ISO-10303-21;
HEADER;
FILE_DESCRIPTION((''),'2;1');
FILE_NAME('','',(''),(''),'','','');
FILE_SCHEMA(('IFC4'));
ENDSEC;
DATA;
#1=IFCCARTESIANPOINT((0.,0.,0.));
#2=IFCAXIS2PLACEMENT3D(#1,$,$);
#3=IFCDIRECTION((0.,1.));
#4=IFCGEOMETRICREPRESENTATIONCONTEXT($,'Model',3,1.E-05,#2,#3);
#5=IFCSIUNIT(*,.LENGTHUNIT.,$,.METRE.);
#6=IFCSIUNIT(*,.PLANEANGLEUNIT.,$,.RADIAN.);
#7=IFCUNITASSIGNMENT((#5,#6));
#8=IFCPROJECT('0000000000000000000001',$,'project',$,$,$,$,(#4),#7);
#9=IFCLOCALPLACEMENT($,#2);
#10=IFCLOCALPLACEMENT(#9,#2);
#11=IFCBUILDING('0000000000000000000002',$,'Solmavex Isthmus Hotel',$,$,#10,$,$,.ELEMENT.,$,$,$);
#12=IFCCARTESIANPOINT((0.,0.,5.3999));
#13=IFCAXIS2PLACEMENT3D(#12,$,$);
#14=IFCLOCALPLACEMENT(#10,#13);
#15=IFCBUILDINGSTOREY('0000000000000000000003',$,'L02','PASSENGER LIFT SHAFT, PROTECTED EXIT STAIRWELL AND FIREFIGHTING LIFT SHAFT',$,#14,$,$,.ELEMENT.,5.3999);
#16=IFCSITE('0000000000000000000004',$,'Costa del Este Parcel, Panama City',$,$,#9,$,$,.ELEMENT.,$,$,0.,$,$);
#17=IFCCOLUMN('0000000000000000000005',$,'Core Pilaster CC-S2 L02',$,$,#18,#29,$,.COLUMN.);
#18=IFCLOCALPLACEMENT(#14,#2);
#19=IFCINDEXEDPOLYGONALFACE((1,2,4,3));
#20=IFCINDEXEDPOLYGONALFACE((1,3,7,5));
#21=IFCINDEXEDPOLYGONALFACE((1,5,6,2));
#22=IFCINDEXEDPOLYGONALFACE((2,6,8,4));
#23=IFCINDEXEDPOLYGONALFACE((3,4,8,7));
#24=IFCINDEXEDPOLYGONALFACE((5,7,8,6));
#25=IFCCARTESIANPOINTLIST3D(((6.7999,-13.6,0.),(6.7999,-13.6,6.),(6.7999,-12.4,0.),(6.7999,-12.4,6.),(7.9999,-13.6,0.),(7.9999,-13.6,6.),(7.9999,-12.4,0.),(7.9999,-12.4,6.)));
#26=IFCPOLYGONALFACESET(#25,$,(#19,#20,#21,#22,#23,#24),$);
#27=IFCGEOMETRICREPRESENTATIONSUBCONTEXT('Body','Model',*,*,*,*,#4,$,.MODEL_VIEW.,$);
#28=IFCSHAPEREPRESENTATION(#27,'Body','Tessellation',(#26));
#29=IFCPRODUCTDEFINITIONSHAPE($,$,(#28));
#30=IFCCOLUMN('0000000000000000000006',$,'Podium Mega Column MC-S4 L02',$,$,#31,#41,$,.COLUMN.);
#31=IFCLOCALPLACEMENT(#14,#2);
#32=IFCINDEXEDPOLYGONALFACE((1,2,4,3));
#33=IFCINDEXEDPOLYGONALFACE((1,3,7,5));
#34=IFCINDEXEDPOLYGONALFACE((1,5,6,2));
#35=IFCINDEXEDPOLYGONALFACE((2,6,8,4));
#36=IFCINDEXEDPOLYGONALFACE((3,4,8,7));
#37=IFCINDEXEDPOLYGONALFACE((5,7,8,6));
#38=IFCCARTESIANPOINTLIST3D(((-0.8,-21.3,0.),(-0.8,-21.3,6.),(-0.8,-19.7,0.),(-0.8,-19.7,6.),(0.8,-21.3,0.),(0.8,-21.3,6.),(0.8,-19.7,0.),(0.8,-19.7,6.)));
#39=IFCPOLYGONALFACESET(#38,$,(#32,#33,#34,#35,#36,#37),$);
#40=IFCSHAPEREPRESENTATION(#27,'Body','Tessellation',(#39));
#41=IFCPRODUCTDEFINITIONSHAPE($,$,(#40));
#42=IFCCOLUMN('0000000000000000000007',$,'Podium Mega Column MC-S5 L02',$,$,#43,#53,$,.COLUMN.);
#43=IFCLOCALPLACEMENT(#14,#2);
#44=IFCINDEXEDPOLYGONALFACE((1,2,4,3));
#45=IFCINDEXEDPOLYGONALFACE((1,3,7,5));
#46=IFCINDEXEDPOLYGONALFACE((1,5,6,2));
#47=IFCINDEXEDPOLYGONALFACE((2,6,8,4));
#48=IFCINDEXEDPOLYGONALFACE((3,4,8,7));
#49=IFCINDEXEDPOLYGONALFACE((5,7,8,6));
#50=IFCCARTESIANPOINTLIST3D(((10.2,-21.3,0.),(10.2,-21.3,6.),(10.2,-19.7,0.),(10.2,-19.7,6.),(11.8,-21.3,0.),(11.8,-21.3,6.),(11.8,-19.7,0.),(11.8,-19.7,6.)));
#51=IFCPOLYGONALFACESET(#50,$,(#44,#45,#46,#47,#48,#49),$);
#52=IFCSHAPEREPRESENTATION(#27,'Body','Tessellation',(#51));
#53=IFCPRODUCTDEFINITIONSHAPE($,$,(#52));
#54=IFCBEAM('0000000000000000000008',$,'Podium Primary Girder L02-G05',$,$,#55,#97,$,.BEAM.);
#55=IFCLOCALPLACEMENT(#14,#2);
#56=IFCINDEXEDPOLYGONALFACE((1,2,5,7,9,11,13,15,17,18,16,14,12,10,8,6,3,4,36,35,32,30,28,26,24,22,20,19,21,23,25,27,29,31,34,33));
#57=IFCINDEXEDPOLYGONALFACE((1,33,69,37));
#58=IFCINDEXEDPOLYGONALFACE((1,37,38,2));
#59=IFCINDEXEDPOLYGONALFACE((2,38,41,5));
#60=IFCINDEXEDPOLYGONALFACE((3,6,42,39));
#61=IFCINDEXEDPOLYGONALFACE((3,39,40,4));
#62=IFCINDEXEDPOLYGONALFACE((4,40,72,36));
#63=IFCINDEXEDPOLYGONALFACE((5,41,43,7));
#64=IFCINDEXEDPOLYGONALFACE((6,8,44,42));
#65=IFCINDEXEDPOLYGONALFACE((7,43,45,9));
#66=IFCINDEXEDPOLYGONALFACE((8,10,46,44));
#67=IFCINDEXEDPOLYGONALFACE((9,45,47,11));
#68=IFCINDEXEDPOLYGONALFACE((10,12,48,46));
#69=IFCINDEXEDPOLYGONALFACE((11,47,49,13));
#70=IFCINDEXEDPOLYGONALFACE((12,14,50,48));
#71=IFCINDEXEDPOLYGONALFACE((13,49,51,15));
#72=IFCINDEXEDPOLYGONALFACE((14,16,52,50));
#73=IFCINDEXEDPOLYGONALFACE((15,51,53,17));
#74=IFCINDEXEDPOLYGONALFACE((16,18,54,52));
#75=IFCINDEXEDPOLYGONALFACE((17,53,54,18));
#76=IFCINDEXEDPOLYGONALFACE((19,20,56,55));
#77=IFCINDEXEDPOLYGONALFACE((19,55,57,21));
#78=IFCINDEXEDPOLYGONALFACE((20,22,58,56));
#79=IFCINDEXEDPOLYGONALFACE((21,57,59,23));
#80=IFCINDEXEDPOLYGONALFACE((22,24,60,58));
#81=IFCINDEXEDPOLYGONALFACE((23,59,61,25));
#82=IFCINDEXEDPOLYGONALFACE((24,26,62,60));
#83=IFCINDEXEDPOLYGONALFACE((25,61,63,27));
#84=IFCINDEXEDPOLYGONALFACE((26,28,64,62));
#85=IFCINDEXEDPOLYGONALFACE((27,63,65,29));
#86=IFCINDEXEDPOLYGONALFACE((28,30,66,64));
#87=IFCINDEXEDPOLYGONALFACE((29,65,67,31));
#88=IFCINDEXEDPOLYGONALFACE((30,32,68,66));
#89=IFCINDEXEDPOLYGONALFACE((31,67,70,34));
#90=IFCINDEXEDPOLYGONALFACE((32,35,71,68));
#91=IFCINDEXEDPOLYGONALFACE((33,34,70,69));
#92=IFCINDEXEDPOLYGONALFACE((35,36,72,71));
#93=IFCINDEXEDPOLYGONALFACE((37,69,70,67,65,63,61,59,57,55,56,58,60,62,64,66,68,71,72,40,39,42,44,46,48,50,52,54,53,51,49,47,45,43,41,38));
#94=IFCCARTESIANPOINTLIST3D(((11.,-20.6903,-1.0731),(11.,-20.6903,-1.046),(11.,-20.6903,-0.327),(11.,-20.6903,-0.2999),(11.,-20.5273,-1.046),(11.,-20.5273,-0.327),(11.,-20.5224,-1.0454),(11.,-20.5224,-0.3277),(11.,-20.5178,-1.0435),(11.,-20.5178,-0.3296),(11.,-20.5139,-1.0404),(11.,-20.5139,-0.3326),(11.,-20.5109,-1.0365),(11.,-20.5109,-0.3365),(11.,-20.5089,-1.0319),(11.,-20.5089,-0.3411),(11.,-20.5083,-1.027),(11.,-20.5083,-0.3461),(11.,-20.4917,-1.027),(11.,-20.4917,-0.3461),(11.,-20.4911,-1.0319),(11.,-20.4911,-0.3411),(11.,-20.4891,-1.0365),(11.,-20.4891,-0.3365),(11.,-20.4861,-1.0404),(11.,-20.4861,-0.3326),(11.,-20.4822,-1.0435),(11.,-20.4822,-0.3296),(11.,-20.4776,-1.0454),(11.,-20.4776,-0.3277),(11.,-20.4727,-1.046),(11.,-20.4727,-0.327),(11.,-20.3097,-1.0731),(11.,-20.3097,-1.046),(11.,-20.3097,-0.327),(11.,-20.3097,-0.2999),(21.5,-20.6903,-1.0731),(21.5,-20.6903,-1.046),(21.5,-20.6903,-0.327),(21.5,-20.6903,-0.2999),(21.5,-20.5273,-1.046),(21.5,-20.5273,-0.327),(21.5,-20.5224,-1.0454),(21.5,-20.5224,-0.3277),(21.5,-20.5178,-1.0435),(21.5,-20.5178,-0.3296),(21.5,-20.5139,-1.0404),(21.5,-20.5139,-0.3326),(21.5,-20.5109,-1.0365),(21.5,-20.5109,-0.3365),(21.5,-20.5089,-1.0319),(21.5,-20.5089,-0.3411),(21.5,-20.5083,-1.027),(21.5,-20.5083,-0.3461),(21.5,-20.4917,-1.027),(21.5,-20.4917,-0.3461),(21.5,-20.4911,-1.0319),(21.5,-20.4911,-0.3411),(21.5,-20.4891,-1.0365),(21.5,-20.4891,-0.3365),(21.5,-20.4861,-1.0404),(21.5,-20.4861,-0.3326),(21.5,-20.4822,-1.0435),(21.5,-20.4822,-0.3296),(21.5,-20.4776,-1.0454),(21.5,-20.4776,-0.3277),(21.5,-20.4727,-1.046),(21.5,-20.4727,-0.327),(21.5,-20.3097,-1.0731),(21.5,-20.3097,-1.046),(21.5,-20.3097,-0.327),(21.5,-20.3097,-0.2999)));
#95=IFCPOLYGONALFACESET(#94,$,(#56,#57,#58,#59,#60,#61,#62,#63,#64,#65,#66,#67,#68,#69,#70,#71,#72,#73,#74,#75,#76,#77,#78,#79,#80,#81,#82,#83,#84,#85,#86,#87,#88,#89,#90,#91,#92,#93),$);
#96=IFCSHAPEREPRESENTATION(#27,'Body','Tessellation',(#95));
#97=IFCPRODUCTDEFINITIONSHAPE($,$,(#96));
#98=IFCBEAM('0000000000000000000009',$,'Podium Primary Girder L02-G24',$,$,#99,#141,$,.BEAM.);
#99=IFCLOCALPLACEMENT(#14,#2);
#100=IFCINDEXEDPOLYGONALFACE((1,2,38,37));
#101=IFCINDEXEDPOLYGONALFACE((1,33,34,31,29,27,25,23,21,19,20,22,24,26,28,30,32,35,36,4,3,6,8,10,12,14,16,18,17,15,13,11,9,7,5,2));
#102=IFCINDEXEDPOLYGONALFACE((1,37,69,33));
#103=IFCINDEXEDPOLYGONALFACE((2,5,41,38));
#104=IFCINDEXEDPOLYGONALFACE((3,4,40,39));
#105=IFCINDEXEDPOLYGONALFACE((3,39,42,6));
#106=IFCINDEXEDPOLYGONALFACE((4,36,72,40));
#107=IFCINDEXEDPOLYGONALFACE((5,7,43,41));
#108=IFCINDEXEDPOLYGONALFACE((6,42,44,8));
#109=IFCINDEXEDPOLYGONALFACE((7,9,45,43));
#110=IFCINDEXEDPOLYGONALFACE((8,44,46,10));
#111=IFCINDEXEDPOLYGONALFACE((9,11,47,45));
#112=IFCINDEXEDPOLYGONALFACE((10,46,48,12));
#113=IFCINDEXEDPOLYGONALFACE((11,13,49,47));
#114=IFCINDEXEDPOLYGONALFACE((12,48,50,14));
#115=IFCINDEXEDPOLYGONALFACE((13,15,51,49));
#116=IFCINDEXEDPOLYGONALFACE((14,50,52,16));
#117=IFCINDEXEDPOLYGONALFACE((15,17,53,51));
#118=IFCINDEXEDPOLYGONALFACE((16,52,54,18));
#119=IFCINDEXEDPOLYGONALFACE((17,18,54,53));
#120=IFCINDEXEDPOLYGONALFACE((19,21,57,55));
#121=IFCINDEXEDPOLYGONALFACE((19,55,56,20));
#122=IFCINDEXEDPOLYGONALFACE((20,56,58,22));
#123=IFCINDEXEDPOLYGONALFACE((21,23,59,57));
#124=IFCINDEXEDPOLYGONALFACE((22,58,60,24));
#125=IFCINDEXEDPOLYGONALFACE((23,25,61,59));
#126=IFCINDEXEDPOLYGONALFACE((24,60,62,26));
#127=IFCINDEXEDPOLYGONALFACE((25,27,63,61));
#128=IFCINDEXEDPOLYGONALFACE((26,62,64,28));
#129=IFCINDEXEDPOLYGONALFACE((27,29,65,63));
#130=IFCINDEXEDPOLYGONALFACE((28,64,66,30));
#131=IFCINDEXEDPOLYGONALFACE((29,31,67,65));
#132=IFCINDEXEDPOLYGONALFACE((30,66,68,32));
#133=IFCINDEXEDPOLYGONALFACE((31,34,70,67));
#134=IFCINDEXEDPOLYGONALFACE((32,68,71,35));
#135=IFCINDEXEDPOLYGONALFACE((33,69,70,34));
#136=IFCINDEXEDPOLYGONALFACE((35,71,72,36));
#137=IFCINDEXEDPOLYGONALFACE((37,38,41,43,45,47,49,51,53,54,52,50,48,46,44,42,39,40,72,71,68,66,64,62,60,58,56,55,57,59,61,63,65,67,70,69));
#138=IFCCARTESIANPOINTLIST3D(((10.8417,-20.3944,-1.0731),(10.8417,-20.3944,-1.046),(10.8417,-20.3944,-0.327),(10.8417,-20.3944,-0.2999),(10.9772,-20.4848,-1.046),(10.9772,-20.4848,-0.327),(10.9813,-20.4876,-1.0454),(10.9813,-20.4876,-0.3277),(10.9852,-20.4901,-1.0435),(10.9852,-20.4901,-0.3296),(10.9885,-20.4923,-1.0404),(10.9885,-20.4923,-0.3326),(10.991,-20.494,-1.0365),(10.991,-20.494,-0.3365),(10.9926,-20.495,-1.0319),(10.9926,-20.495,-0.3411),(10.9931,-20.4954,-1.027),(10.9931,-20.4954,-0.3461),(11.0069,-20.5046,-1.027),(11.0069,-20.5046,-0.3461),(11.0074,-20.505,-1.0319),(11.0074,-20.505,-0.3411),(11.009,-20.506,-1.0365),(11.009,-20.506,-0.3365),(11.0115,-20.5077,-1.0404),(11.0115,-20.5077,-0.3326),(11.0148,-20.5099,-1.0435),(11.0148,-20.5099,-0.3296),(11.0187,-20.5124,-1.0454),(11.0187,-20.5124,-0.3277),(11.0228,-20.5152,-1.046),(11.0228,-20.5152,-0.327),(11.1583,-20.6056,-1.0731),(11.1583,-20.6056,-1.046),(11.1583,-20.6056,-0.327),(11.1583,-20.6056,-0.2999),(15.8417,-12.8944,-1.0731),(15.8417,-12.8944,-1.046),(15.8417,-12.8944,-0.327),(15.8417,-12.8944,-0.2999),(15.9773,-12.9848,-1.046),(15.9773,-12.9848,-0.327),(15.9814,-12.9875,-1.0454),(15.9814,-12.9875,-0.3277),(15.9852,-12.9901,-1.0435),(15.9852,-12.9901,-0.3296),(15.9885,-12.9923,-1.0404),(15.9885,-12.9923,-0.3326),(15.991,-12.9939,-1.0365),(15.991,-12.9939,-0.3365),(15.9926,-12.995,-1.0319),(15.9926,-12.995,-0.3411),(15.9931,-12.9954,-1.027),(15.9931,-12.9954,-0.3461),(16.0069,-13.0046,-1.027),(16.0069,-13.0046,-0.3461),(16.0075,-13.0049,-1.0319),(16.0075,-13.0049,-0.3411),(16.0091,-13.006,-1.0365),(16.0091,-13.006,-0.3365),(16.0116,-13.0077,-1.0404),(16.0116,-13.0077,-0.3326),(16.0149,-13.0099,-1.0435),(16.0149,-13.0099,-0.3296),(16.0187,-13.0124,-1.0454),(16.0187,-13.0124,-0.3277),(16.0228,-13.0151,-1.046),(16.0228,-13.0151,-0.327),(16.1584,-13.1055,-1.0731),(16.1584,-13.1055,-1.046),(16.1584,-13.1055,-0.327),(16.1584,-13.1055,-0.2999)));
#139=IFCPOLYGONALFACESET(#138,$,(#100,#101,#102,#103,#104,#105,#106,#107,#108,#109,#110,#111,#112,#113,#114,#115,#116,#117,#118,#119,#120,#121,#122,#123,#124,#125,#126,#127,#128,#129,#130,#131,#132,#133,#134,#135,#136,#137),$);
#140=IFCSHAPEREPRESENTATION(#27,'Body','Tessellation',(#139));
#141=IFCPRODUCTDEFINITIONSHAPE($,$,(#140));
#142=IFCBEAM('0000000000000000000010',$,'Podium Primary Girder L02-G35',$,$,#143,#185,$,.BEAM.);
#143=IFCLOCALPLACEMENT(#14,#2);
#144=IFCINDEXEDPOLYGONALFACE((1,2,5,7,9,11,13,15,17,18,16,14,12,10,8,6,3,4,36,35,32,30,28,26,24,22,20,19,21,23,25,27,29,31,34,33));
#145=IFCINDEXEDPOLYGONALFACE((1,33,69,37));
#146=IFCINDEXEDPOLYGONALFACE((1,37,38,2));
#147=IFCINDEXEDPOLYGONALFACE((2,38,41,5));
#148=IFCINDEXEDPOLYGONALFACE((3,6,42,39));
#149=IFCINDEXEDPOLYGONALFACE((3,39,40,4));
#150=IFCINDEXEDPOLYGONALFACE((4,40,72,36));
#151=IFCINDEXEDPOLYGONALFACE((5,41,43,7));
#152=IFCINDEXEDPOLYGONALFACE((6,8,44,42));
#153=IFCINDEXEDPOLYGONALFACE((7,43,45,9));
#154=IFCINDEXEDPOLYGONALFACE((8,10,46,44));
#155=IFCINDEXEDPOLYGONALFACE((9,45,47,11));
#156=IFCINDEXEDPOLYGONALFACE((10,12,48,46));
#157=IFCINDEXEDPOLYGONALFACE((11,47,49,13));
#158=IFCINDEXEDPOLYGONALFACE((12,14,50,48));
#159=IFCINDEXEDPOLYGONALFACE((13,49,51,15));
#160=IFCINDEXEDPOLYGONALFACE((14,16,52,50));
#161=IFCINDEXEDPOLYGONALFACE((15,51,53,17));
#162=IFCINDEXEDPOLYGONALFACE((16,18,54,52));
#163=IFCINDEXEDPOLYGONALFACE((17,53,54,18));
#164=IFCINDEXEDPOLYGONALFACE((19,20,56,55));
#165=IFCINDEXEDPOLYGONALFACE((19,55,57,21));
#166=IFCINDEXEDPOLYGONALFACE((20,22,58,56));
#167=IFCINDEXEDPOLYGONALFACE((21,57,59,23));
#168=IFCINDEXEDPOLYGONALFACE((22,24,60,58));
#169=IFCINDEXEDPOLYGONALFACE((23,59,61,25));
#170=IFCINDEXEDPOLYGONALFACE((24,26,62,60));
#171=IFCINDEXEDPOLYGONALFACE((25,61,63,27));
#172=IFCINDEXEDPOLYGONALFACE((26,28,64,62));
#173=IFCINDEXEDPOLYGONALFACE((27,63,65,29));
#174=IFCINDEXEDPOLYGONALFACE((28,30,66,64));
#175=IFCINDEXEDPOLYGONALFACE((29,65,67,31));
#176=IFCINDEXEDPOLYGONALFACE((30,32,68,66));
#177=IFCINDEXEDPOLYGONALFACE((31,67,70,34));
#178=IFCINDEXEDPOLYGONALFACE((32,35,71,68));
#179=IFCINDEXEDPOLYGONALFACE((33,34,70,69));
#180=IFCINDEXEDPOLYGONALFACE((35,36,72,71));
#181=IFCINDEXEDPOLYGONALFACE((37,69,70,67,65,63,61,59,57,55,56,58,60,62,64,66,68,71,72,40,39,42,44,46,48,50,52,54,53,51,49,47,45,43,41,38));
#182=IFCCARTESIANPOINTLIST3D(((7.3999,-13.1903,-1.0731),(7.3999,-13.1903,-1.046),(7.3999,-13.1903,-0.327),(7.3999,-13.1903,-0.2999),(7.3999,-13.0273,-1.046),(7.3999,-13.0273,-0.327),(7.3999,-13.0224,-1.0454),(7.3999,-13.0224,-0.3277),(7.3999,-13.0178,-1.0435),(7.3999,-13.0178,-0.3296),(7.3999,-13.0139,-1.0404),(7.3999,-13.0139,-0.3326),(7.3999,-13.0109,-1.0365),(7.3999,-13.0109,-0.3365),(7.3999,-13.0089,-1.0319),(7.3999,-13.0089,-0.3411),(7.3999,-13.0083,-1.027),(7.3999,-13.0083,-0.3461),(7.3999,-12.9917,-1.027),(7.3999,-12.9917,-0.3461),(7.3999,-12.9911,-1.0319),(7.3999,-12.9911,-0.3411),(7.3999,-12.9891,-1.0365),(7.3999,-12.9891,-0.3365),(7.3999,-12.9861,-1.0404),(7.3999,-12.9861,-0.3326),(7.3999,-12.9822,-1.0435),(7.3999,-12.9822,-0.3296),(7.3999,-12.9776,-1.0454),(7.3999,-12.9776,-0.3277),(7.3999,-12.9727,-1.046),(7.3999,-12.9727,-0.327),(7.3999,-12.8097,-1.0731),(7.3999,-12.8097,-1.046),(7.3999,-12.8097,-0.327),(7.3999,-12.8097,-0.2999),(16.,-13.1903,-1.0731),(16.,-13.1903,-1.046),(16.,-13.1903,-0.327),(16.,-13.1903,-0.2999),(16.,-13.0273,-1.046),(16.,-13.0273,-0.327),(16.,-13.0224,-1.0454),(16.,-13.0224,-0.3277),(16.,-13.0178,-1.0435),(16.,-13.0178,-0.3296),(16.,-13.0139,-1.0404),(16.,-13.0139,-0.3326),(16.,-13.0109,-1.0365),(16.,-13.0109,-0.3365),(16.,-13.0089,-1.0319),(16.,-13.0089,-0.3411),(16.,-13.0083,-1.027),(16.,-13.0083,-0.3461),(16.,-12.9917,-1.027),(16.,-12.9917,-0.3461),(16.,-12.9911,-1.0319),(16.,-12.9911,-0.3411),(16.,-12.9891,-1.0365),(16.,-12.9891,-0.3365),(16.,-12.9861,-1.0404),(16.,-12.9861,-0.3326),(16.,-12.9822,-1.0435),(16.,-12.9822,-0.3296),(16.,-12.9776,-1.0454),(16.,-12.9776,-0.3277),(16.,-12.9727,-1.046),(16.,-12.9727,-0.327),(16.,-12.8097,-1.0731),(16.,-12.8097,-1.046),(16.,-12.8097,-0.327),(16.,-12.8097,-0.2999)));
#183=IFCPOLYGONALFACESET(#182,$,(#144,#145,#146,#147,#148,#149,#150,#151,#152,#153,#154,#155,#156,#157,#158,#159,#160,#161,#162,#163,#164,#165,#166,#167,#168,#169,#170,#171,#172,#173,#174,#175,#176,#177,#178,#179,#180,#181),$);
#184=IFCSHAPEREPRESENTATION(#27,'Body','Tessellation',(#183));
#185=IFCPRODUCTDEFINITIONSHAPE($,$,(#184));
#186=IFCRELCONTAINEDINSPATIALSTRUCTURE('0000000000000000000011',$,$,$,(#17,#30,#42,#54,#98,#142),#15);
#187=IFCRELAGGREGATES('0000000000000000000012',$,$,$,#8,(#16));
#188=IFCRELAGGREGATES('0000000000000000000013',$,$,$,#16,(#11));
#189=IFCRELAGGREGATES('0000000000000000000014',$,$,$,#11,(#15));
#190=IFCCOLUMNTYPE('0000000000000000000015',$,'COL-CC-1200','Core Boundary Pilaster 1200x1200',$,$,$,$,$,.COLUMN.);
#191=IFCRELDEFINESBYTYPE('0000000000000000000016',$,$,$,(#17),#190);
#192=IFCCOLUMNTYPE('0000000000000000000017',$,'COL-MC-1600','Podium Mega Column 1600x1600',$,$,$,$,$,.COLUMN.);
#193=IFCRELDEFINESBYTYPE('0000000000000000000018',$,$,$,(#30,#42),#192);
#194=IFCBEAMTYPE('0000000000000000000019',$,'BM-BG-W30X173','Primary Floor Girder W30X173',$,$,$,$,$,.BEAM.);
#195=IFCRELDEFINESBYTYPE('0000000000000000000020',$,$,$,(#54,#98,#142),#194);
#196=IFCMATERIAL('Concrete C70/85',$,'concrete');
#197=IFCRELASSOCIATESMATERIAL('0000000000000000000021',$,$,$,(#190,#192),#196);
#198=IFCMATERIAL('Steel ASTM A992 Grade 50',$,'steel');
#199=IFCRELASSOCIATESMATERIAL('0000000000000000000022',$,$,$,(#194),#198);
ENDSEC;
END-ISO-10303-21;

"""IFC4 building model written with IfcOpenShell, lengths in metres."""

from ifc_helpers import new_model, si_unit, direction, frame, origin, origin_2d, place, context, subcontext, project, spatial, rectangle, i_section, extrude, material, material_profile, profile_set, type_object, element, save


model = new_model("IFC4")

# Units and contexts
model_context = context("Model", 3, precision=1e-05, world=origin(), true_north=direction((0.0, 1.0)))
body_context = subcontext(model_context, "Body", "Model", "MODEL_VIEW")
ifc_project = project(units=[si_unit("LENGTHUNIT", "METRE"), si_unit("PLANEANGLEUNIT", "RADIAN")], contexts=[model_context])

# Site, building, storey
site_placement = place(None, origin())
site = spatial("IfcSite", under=ifc_project, at=site_placement, Name="Costa del Este Parcel, Panama City", CompositionType="ELEMENT", RefElevation=0.0)
building_placement = place(site_placement, origin())
building = spatial("IfcBuilding", under=site, at=building_placement, Name="Solmavex Isthmus Hotel", CompositionType="ELEMENT")
storey_placement = place(building_placement, frame((0.0, 0.0, 5.3999)))
storey = spatial("IfcBuildingStorey", under=building, at=storey_placement, Name="L02", Description="PASSENGER LIFT SHAFT, PROTECTED EXIT STAIRWELL AND FIREFIGHTING LIFT SHAFT", CompositionType="ELEMENT", Elevation=5.3999)

# Columns
ifc_material_1 = material(Name="Concrete C70/85", Category="concrete")
ifc_material_profile_1 = material_profile(ifc_material_1, rectangle(XDim=1.2, YDim=1.2, at=origin_2d()), Name="RC1200X1200")
ifc_profile_set_1 = profile_set([ifc_material_profile_1], Name="Concrete C70/85")
column_type_1 = type_object("IfcColumnType", Name="COL-CC-1200", Description="Core Boundary Pilaster 1200x1200", PredefinedType="COLUMN", material=ifc_profile_set_1)
column_placement = place(storey_placement, frame((7.3999, -13.0, 0.0), z_axis=(0.0, 0.0, 1.0), x_axis=(1.0, 0.0, 0.0)))
element("IfcColumn", 1, at=column_placement, inside=storey, type_object=column_type_1, Name="Core Pilaster CC-S2 L02", PredefinedType="COLUMN", context=body_context, shape_type="SweptSolid", body=[
    extrude(rectangle(XDim=1.2, YDim=1.2, at=origin_2d()), origin(), (0.0, 0.0, 1.0), 6.0),
])
ifc_material_profile_2 = material_profile(ifc_material_1, rectangle(XDim=1.6001, YDim=1.6001, at=origin_2d()), Name="RC1600X1600")
ifc_profile_set_2 = profile_set([ifc_material_profile_2], Name="Concrete C70/85")
column_type_2 = type_object("IfcColumnType", Name="COL-MC-1600", Description="Podium Mega Column 1600x1600", PredefinedType="COLUMN", material=ifc_profile_set_2)
for number, where, z_axis, x_axis, name in (
    (2, (0.0, -20.5, 0.0), (0.0, 0.0, 1.0), (1.0, 0.0, 0.0), "Podium Mega Column MC-S4 L02"),
    (3, (11.0, -20.5, 0.0), (0.0, 0.0, 1.0), (1.0, 0.0, 0.0), "Podium Mega Column MC-S5 L02"),
):
    element("IfcColumn", number, at=place(storey_placement, frame(where, z_axis=z_axis, x_axis=x_axis)), inside=storey, type_object=column_type_2, Name=name, PredefinedType="COLUMN", context=body_context, shape_type="SweptSolid", body=[
        extrude(rectangle(XDim=1.6001, YDim=1.6001, at=origin_2d()), origin(), (0.0, 0.0, 1.0), 6.0),
    ])

# Beams
ifc_material_2 = material(Name="Steel ASTM A992 Grade 50", Category="steel")
ifc_material_profile_3 = material_profile(ifc_material_2, i_section(OverallWidth=0.3806, OverallDepth=0.7732, WebThickness=0.0166, FlangeThickness=0.0271, FilletRadius=0.019, at=origin_2d()), Name="W30X173")
ifc_profile_set_3 = profile_set([ifc_material_profile_3], Name="Steel ASTM A992 Grade 50")
beam_type_1 = type_object("IfcBeamType", Name="BM-BG-W30X173", Description="Primary Floor Girder W30X173", PredefinedType="BEAM", material=ifc_profile_set_3)
beam_1_placement = place(storey_placement, frame((11.0, -20.5, -0.6865), z_axis=(1.0, 0.0, 0.0), x_axis=(0.0, 1.0, 0.0)))
element("IfcBeam", 4, at=beam_1_placement, inside=storey, type_object=beam_type_1, Name="Podium Primary Girder L02-G05", PredefinedType="BEAM", context=body_context, shape_type="SweptSolid", body=[
    extrude(i_section(OverallWidth=0.3806, OverallDepth=0.7732, WebThickness=0.0166, FlangeThickness=0.0271, FilletRadius=0.019, at=origin_2d()), origin(), (0.0, 0.0, 1.0), 10.5),
])
beam_2_placement = place(storey_placement, frame((11.0, -20.5, -0.6865), z_axis=(0.5547, 0.83205, 0.0), x_axis=(-0.83205, 0.5547, 0.0)))
element("IfcBeam", 5, at=beam_2_placement, inside=storey, type_object=beam_type_1, Name="Podium Primary Girder L02-G24", PredefinedType="BEAM", context=body_context, shape_type="SweptSolid", body=[
    extrude(i_section(OverallWidth=0.3806, OverallDepth=0.7732, WebThickness=0.0166, FlangeThickness=0.0271, FilletRadius=0.019, at=origin_2d()), origin(), (0.0, 0.0, 1.0), 9.0139),
])
beam_3_placement = place(storey_placement, frame((7.3999, -13.0, -0.6865), z_axis=(1.0, 0.0, 0.0), x_axis=(0.0, 1.0, 0.0)))
element("IfcBeam", 6, at=beam_3_placement, inside=storey, type_object=beam_type_1, Name="Podium Primary Girder L02-G35", PredefinedType="BEAM", context=body_context, shape_type="SweptSolid", body=[
    extrude(i_section(OverallWidth=0.3806, OverallDepth=0.7732, WebThickness=0.0166, FlangeThickness=0.0271, FilletRadius=0.019, at=origin_2d()), origin(), (0.0, 0.0, 1.0), 8.6001),
])

save(model, "model.ifc")
